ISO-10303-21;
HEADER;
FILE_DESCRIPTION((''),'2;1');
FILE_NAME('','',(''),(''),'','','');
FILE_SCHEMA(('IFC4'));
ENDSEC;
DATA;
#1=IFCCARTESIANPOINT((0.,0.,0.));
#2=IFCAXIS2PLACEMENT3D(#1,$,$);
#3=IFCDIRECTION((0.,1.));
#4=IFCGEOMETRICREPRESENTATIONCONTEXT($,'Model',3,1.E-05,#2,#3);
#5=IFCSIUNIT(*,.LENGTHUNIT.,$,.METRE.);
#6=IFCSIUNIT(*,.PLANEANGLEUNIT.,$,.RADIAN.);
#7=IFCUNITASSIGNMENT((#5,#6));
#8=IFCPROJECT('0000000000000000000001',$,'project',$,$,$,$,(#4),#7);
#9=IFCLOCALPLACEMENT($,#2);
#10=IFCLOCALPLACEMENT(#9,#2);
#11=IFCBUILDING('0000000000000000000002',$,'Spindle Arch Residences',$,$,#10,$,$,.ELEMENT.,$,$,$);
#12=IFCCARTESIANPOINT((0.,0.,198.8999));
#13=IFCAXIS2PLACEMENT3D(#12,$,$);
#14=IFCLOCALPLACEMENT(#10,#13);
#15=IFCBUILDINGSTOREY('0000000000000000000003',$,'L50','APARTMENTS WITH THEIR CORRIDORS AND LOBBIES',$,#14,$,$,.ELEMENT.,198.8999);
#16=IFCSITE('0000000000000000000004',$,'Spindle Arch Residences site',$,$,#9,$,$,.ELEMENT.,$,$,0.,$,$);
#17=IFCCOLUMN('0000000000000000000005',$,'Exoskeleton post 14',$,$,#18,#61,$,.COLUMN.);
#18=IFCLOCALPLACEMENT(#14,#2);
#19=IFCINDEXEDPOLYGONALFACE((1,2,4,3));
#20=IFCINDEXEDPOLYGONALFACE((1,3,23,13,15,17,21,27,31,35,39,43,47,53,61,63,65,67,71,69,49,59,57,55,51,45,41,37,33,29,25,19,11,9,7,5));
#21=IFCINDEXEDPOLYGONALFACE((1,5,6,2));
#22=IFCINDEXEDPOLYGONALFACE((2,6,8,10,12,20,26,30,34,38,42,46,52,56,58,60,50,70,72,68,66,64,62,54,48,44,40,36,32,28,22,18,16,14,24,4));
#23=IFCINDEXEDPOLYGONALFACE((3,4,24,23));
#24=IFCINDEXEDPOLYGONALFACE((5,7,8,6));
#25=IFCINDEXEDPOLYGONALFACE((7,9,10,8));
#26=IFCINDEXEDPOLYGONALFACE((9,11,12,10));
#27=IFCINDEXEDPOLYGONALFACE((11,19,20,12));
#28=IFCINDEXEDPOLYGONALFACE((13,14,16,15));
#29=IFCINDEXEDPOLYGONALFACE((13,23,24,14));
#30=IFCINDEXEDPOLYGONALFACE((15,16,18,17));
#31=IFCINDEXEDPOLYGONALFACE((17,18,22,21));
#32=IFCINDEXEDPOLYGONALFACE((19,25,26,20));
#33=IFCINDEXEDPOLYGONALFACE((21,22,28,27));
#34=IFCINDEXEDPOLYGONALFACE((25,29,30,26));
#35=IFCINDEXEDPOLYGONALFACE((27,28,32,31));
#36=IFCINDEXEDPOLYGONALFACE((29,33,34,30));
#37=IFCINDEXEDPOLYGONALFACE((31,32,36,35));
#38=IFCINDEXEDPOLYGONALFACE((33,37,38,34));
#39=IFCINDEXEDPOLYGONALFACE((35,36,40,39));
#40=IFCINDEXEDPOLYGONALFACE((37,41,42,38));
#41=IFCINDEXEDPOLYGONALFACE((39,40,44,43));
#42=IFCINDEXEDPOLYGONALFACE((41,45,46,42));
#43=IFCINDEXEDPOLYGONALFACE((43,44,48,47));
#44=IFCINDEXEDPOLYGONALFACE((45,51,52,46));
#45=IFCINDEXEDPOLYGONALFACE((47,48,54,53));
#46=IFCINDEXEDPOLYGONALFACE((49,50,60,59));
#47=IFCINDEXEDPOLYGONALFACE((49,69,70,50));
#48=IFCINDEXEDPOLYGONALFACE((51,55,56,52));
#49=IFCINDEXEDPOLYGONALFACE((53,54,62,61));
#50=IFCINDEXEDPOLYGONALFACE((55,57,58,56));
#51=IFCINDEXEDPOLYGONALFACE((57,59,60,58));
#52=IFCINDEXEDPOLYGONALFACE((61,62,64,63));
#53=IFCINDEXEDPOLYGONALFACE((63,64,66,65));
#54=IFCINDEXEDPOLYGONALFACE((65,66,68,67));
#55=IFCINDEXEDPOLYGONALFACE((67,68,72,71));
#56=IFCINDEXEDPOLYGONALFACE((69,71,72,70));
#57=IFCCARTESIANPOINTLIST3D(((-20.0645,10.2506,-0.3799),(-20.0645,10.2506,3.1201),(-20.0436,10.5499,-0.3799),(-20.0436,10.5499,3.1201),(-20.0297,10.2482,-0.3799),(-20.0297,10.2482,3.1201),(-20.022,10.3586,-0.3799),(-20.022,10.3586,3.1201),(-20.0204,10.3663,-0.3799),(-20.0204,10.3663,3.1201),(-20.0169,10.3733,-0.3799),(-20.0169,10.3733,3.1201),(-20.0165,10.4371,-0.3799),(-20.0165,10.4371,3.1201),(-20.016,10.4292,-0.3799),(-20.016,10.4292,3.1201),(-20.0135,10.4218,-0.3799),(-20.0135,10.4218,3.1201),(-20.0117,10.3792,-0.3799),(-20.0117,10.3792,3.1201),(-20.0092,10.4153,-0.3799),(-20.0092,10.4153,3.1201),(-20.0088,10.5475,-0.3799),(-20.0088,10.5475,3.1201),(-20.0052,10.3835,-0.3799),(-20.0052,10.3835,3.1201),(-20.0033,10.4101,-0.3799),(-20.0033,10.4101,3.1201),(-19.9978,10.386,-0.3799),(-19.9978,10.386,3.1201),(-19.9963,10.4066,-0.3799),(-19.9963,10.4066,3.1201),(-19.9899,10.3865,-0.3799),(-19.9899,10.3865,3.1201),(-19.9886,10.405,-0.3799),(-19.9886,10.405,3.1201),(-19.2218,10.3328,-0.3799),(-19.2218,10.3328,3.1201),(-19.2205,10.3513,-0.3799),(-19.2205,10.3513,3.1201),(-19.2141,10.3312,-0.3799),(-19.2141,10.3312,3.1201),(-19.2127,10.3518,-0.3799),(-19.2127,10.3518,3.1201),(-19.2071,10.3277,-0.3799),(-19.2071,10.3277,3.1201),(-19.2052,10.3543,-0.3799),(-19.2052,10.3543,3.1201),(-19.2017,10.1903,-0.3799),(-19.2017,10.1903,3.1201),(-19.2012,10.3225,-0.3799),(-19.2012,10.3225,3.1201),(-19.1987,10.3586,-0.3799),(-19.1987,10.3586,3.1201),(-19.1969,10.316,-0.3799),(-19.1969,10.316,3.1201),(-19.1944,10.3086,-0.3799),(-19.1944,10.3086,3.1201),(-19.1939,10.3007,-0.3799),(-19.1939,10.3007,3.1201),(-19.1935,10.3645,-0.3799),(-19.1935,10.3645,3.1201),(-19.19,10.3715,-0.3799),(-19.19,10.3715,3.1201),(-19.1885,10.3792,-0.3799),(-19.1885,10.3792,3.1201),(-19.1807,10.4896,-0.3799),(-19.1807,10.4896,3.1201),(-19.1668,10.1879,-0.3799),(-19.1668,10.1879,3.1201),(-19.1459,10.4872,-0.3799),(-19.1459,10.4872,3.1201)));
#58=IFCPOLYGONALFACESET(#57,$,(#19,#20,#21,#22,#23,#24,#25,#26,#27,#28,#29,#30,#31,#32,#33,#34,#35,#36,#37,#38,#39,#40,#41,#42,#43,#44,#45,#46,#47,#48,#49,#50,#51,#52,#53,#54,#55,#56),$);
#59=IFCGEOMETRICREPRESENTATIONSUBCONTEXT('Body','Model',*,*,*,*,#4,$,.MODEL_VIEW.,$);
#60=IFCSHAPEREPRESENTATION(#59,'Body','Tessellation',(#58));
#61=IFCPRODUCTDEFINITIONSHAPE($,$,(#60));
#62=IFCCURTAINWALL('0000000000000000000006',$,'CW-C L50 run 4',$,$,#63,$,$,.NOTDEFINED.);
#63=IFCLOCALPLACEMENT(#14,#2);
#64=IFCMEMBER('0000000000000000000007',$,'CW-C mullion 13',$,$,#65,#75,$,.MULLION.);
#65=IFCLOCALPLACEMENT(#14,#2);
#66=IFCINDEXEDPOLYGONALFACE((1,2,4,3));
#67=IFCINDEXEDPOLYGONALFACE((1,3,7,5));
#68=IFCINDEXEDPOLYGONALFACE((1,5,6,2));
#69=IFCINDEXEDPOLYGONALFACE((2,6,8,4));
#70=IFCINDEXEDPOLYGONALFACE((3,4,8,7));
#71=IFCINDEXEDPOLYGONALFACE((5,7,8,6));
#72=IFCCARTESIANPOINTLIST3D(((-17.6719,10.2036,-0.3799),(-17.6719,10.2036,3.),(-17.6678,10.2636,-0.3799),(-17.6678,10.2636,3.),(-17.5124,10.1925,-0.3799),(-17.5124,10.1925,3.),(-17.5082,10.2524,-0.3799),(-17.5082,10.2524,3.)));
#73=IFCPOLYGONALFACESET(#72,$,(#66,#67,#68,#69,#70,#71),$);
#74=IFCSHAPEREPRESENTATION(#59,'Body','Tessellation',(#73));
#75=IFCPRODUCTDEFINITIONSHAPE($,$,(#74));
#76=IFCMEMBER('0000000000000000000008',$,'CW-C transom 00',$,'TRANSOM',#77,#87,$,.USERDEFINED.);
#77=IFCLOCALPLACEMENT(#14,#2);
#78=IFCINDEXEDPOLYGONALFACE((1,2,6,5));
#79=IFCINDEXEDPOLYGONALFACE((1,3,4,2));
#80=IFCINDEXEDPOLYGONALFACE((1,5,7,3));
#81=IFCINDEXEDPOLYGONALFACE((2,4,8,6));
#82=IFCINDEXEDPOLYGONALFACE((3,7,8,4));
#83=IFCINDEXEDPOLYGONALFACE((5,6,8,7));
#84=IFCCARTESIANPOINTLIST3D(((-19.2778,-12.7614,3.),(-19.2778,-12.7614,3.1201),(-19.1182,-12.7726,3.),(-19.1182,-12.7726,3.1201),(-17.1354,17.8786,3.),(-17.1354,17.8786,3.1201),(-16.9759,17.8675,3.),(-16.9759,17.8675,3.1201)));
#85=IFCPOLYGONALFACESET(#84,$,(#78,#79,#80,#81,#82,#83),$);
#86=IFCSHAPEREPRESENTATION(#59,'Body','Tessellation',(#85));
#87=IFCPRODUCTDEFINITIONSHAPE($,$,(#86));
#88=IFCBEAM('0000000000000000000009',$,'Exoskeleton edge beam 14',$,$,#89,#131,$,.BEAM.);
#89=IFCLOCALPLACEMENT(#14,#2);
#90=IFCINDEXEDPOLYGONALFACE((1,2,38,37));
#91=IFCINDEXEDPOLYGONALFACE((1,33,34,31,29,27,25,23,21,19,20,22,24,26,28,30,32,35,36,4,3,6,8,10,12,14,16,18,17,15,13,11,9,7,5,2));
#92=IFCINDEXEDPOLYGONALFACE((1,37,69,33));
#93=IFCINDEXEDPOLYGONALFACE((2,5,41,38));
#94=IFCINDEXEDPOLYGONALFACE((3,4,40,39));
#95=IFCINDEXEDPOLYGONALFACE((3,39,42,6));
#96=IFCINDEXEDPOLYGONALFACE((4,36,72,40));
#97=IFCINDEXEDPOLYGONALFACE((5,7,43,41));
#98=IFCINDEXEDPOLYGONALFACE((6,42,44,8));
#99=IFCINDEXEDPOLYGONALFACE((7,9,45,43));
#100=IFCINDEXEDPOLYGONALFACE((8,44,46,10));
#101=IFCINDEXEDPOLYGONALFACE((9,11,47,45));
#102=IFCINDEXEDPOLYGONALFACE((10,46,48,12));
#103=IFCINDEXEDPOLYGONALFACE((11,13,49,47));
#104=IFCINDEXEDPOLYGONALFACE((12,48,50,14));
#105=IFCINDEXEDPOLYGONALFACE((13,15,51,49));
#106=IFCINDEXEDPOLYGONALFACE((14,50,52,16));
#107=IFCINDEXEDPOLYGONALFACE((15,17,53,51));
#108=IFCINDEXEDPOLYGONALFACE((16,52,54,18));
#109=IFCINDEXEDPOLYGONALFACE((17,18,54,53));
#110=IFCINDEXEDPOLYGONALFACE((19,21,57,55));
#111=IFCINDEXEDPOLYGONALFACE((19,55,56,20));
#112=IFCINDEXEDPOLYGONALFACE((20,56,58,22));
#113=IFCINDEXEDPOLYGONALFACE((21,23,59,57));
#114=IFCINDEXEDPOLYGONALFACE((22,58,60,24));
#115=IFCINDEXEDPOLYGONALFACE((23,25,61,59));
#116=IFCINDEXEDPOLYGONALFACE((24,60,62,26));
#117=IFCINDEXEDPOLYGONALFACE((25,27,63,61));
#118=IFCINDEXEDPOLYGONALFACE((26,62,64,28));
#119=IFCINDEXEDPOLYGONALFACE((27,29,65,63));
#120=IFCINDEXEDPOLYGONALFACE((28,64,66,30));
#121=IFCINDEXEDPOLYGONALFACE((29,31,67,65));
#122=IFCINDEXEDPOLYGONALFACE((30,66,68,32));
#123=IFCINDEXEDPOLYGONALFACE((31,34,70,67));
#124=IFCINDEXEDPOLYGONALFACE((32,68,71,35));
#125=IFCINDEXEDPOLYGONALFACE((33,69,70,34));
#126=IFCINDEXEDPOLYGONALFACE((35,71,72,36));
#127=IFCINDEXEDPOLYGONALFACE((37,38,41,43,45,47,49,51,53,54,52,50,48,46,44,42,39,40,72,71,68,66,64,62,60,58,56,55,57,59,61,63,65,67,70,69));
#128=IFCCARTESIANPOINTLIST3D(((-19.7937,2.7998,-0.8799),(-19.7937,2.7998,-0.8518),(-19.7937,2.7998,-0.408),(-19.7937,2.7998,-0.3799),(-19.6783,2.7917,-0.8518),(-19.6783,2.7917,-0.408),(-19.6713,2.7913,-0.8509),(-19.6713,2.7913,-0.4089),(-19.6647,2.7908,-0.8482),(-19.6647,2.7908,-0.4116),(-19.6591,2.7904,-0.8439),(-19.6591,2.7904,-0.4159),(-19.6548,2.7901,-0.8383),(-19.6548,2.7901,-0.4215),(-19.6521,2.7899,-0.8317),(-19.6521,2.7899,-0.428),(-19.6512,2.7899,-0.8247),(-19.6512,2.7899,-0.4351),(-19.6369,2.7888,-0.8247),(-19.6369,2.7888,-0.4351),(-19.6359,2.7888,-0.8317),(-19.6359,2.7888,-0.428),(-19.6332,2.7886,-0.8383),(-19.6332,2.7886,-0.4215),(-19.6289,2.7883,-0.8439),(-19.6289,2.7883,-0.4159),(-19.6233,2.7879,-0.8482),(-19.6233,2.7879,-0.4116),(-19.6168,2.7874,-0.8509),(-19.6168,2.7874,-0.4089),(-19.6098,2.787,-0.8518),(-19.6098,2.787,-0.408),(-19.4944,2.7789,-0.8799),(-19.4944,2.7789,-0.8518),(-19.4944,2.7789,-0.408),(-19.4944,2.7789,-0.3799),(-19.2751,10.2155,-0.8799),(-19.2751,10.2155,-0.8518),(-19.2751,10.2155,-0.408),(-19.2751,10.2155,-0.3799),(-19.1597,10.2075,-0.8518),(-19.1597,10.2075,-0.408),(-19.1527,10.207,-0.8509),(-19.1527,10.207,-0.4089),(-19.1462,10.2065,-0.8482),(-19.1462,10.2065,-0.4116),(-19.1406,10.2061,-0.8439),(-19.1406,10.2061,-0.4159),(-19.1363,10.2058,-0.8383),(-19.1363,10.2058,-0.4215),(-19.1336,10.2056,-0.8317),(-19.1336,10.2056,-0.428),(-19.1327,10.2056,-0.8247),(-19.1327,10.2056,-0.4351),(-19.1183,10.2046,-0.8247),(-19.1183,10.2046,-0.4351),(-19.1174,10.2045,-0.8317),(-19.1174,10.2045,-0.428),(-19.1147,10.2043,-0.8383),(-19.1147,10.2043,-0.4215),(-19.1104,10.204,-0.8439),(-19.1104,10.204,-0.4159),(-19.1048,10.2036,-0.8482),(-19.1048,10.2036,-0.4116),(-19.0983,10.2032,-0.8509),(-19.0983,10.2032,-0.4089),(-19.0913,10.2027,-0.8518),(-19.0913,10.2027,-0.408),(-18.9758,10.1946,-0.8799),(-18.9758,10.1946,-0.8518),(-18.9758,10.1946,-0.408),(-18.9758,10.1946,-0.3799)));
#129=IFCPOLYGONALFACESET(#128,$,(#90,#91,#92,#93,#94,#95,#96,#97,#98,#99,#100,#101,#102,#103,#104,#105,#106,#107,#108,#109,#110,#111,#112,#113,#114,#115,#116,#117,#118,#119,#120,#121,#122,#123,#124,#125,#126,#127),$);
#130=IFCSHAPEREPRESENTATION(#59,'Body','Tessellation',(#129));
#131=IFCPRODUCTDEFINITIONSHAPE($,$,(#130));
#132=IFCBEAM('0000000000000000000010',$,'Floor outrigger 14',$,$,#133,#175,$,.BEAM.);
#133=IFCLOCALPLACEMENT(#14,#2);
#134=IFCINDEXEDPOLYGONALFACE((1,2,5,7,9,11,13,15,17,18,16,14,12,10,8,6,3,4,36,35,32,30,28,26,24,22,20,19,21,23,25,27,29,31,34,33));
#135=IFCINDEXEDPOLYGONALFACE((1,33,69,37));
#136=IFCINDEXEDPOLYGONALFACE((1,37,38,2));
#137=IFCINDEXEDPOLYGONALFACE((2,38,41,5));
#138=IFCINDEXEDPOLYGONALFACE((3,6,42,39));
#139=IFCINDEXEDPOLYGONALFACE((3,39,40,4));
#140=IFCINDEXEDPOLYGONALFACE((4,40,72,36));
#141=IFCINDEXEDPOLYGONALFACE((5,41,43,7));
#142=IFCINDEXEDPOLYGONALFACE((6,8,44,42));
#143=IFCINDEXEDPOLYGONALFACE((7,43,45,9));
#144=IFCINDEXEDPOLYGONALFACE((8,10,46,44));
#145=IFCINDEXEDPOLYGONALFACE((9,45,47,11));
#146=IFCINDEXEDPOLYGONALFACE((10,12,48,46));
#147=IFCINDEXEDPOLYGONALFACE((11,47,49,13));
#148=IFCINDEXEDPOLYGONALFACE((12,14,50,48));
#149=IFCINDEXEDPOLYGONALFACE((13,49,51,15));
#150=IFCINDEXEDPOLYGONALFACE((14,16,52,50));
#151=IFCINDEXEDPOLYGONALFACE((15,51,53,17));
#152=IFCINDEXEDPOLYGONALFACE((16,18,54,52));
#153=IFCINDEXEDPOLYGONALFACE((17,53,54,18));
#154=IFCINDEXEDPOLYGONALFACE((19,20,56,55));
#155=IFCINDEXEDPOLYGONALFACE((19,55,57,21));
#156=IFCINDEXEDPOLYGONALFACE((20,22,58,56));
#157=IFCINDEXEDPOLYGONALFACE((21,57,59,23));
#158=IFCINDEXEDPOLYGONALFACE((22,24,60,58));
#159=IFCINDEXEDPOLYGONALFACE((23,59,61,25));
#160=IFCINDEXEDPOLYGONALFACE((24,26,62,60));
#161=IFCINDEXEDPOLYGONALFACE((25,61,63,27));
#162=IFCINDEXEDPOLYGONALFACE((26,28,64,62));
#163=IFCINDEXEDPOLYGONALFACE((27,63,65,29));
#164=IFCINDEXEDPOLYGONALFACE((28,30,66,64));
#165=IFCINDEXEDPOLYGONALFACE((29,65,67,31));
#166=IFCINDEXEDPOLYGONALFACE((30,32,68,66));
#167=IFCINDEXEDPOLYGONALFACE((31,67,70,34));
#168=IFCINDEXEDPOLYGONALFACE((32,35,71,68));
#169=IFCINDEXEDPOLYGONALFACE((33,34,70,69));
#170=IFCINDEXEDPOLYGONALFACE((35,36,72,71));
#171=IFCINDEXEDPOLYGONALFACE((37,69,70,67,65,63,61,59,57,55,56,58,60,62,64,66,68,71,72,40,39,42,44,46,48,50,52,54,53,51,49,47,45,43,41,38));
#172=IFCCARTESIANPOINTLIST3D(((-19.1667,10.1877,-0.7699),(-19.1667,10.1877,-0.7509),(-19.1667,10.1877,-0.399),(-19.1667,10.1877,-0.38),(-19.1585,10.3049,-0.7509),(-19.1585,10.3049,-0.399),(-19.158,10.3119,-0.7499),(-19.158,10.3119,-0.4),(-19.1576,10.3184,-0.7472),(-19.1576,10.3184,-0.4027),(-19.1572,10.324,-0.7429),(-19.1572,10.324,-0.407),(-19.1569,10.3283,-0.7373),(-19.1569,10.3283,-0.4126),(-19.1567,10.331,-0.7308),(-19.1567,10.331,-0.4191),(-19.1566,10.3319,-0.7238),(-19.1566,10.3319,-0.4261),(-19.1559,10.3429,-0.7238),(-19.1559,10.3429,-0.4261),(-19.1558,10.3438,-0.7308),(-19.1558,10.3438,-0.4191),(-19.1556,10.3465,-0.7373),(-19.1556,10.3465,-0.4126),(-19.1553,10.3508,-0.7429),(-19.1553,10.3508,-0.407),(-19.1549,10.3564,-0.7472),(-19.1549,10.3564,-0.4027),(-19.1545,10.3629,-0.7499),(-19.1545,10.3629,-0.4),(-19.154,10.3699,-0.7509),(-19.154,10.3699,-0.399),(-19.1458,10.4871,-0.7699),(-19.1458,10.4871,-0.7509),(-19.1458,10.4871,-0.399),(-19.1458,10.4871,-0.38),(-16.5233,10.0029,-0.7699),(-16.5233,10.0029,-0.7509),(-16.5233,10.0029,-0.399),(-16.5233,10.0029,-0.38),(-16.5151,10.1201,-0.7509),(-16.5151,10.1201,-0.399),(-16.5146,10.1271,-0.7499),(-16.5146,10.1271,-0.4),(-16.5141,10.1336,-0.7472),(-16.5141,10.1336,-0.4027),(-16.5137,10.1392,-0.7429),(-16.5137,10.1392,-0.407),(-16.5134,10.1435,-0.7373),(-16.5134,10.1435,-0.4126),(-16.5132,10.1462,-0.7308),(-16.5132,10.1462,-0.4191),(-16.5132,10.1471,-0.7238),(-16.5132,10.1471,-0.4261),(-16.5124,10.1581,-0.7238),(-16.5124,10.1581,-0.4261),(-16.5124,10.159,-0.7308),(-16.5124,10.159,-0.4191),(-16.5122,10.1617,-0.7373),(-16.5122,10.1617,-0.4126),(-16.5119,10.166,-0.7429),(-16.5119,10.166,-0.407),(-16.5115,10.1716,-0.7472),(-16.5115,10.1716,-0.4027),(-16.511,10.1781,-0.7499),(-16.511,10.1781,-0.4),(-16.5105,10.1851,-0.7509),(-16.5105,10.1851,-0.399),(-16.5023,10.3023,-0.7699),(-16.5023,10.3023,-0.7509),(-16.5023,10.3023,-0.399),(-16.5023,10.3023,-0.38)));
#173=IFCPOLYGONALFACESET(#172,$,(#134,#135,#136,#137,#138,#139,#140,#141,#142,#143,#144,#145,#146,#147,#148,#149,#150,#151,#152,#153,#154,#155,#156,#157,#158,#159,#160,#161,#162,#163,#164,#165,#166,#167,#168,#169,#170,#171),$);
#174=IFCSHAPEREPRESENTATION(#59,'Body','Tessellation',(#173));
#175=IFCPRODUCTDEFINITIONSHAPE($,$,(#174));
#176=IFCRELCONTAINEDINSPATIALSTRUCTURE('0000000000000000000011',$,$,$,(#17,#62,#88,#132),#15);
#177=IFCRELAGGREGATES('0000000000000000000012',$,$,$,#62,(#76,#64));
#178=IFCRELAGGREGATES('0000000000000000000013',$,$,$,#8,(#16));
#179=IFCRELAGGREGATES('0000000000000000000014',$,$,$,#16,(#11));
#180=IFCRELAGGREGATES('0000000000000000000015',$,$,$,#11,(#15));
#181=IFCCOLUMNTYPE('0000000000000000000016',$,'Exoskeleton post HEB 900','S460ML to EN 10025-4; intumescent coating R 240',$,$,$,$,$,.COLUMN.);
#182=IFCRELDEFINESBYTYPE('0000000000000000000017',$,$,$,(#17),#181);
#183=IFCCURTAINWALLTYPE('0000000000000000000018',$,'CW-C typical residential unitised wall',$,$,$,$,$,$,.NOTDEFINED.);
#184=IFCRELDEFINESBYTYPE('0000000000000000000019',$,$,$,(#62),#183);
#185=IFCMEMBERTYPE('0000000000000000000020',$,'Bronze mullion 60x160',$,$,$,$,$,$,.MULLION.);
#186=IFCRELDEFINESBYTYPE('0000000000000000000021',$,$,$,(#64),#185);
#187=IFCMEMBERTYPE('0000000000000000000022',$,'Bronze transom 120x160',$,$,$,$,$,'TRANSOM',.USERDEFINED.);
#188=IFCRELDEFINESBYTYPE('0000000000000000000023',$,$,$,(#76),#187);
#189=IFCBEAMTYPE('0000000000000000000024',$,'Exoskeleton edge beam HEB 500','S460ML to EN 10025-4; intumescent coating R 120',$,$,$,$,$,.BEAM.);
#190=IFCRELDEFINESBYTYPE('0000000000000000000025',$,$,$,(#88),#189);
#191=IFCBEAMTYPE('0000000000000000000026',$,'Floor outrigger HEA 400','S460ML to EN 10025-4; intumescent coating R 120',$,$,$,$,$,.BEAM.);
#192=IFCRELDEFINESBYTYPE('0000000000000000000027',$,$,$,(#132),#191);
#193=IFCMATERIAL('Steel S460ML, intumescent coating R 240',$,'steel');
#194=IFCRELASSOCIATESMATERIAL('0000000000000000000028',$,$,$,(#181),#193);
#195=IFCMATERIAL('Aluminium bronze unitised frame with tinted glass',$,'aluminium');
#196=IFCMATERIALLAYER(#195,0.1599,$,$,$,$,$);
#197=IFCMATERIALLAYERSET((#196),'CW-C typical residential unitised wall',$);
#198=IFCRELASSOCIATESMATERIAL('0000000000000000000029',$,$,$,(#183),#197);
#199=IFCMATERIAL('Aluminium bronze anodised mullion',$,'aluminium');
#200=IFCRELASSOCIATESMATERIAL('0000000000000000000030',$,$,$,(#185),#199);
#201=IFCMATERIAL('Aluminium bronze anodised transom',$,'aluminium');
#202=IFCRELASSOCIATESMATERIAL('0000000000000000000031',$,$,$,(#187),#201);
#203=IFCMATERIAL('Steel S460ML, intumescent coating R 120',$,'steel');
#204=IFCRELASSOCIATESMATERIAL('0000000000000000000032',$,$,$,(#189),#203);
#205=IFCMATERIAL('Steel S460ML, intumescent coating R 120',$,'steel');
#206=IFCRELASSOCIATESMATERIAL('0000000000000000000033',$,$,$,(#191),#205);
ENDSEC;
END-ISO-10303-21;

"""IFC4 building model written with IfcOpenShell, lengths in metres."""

from ifc_helpers import new_model, si_unit, direction, frame, origin, origin_2d, place, context, subcontext, project, spatial, rectangle, i_section, extrude, material, layer, layer_set, material_profile, profile_set, type_object, element, aggregate, save


model = new_model("IFC4")

# Units and contexts
model_context = context("Model", 3, precision=1e-05, world=origin(), true_north=direction((0.0, 1.0)))
body_context = subcontext(model_context, "Body", "Model", "MODEL_VIEW")
ifc_project = project(units=[si_unit("LENGTHUNIT", "METRE"), si_unit("PLANEANGLEUNIT", "RADIAN")], contexts=[model_context])

# Site, building, storey
site_placement = place(None, origin())
site = spatial("IfcSite", under=ifc_project, at=site_placement, Name="Spindle Arch Residences site", CompositionType="ELEMENT", RefElevation=0.0)
building_placement = place(site_placement, origin())
building = spatial("IfcBuilding", under=site, at=building_placement, Name="Spindle Arch Residences", CompositionType="ELEMENT")
storey_placement = place(building_placement, frame((0.0, 0.0, 198.8999)))
storey = spatial("IfcBuildingStorey", under=building, at=storey_placement, Name="L50", Description="APARTMENTS WITH THEIR CORRIDORS AND LOBBIES", CompositionType="ELEMENT", Elevation=198.8999)

# Column
ifc_material_1 = material(Name="Steel S460ML, intumescent coating R 240", Category="steel")
ifc_material_profile_1 = material_profile(ifc_material_1, i_section(OverallWidth=0.3, OverallDepth=0.8999, WebThickness=0.0186, FlangeThickness=0.0349, FilletRadius=0.03, at=origin_2d()), Name="HEB 900")
ifc_profile_set_1 = profile_set([ifc_material_profile_1], Name="Steel S460ML, intumescent coating R 240")
column_type = type_object("IfcColumnType", Name="Exoskeleton post HEB 900", Description="S460ML to EN 10025-4; intumescent coating R 240", PredefinedType="COLUMN", material=ifc_profile_set_1)
column_placement = place(storey_placement, frame((-19.6052, 10.3689, -0.3799), z_axis=(0.0, 0.0, 1.0), x_axis=(0.069756, 0.997564, 0.0)))
element("IfcColumn", 1, at=column_placement, inside=storey, type_object=column_type, Name="Exoskeleton post 14", PredefinedType="COLUMN", context=body_context, shape_type="SweptSolid", body=[
    extrude(i_section(OverallWidth=0.3, OverallDepth=0.8999, WebThickness=0.0186, FlangeThickness=0.0349, FilletRadius=0.03, at=origin_2d()), origin(), (0.0, 0.0, 1.0), 3.5),
])

# Curtain wall, members
ifc_material_2 = material(Name="Aluminium bronze unitised frame with tinted glass", Category="aluminium")
ifc_layer_1 = layer(ifc_material_2, 0.1599)
ifc_layer_set_1 = layer_set([ifc_layer_1], Name="CW-C typical residential unitised wall")
curtain_wall_type = type_object("IfcCurtainWallType", Name="CW-C typical residential unitised wall", PredefinedType="NOTDEFINED", material=ifc_layer_set_1)
curtain_wall_placement = place(storey_placement, origin())
curtain_wall = element("IfcCurtainWall", 2, at=curtain_wall_placement, inside=storey, type_object=curtain_wall_type, Name="CW-C L50 run 4", PredefinedType="NOTDEFINED")
ifc_material_3 = material(Name="Aluminium bronze anodised mullion", Category="aluminium")
ifc_material_profile_2 = material_profile(ifc_material_3, rectangle(XDim=0.1599, YDim=0.0601, at=origin_2d()), Name="MU 60x160")
ifc_profile_set_2 = profile_set([ifc_material_profile_2], Name="Aluminium bronze anodised mullion")
member_type_1 = type_object("IfcMemberType", Name="Bronze mullion 60x160", PredefinedType="MULLION", material=ifc_profile_set_2)
member_1_placement = place(storey_placement, frame((-17.5901, 10.228, -0.3799), z_axis=(0.0, 0.0, 1.0), x_axis=(0.997564, -0.069756, 0.0)))
member_1 = element("IfcMember", 3, at=member_1_placement, type_object=member_type_1, Name="CW-C mullion 13", PredefinedType="MULLION", context=body_context, shape_type="SweptSolid", body=[
    extrude(rectangle(XDim=0.1599, YDim=0.0601, at=origin_2d()), origin(), (0.0, 0.0, 1.0), 3.3799),
])
ifc_material_4 = material(Name="Aluminium bronze anodised transom", Category="aluminium")
ifc_material_profile_3 = material_profile(ifc_material_4, rectangle(XDim=0.1599, YDim=0.1201, at=origin_2d()), Name="TR 120x160")
ifc_profile_set_3 = profile_set([ifc_material_profile_3], Name="Aluminium bronze anodised transom")
member_type_2 = type_object("IfcMemberType", Name="Bronze transom 120x160", ElementType="TRANSOM", PredefinedType="USERDEFINED", material=ifc_profile_set_3)
member_2_placement = place(storey_placement, frame((-17.0557, 17.873, 3.0601), z_axis=(-0.069749, -0.997565, 0.0), x_axis=(0.997565, -0.069749, 0.0)))
member_2 = element("IfcMember", 4, at=member_2_placement, type_object=member_type_2, Name="CW-C transom 00", ObjectType="TRANSOM", PredefinedType="USERDEFINED", context=body_context, shape_type="SweptSolid", body=[
    extrude(rectangle(XDim=0.1599, YDim=0.1201, at=origin_2d()), origin(), (0.0, 0.0, 1.0), 30.7148),
])

# Beams
ifc_material_5 = material(Name="Steel S460ML, intumescent coating R 120", Category="steel")
ifc_material_profile_4 = material_profile(ifc_material_5, i_section(OverallWidth=0.3, OverallDepth=0.5, WebThickness=0.0144, FlangeThickness=0.0281, FilletRadius=0.0271, at=origin_2d()), Name="HEB 500")
ifc_profile_set_4 = profile_set([ifc_material_profile_4], Name="Steel S460ML, intumescent coating R 120")
beam_type_1 = type_object("IfcBeamType", Name="Exoskeleton edge beam HEB 500", Description="S460ML to EN 10025-4; intumescent coating R 120", PredefinedType="BEAM", material=ifc_profile_set_4)
beam_1_placement = place(storey_placement, frame((-19.1255, 10.2051, -0.6299), z_axis=(-0.069756, -0.997564, 0.0), x_axis=(0.997564, -0.069756, 0.0)))
element("IfcBeam", 5, at=beam_1_placement, inside=storey, type_object=beam_type_1, Name="Exoskeleton edge beam 14", PredefinedType="BEAM", context=body_context, shape_type="SweptSolid", body=[
    extrude(i_section(OverallWidth=0.3, OverallDepth=0.5, WebThickness=0.0144, FlangeThickness=0.0281, FilletRadius=0.0271, at=origin_2d()), origin(), (0.0, 0.0, 1.0), 7.4338),
])
ifc_material_6 = material(Name="Steel S460ML, intumescent coating R 120", Category="steel")
ifc_material_profile_5 = material_profile(ifc_material_6, i_section(OverallWidth=0.3, OverallDepth=0.3899, WebThickness=0.011, FlangeThickness=0.019, FilletRadius=0.0271, at=origin_2d()), Name="HEA 400")
ifc_profile_set_5 = profile_set([ifc_material_profile_5], Name="Steel S460ML, intumescent coating R 120")
beam_type_2 = type_object("IfcBeamType", Name="Floor outrigger HEA 400", Description="S460ML to EN 10025-4; intumescent coating R 120", PredefinedType="BEAM", material=ifc_profile_set_5)
beam_2_placement = place(storey_placement, frame((-19.1562, 10.3374, -0.575), z_axis=(0.997565, -0.069741, 0.0), x_axis=(0.069741, 0.997565, 0.0)))
element("IfcBeam", 6, at=beam_2_placement, inside=storey, type_object=beam_type_2, Name="Floor outrigger 14", PredefinedType="BEAM", context=body_context, shape_type="SweptSolid", body=[
    extrude(i_section(OverallWidth=0.3, OverallDepth=0.3899, WebThickness=0.011, FlangeThickness=0.019, FilletRadius=0.0271, at=origin_2d()), origin(), (0.0, 0.0, 1.0), 2.6499),
])

aggregate(curtain_wall, [member_2, member_1])

save(model, "model.ifc")
